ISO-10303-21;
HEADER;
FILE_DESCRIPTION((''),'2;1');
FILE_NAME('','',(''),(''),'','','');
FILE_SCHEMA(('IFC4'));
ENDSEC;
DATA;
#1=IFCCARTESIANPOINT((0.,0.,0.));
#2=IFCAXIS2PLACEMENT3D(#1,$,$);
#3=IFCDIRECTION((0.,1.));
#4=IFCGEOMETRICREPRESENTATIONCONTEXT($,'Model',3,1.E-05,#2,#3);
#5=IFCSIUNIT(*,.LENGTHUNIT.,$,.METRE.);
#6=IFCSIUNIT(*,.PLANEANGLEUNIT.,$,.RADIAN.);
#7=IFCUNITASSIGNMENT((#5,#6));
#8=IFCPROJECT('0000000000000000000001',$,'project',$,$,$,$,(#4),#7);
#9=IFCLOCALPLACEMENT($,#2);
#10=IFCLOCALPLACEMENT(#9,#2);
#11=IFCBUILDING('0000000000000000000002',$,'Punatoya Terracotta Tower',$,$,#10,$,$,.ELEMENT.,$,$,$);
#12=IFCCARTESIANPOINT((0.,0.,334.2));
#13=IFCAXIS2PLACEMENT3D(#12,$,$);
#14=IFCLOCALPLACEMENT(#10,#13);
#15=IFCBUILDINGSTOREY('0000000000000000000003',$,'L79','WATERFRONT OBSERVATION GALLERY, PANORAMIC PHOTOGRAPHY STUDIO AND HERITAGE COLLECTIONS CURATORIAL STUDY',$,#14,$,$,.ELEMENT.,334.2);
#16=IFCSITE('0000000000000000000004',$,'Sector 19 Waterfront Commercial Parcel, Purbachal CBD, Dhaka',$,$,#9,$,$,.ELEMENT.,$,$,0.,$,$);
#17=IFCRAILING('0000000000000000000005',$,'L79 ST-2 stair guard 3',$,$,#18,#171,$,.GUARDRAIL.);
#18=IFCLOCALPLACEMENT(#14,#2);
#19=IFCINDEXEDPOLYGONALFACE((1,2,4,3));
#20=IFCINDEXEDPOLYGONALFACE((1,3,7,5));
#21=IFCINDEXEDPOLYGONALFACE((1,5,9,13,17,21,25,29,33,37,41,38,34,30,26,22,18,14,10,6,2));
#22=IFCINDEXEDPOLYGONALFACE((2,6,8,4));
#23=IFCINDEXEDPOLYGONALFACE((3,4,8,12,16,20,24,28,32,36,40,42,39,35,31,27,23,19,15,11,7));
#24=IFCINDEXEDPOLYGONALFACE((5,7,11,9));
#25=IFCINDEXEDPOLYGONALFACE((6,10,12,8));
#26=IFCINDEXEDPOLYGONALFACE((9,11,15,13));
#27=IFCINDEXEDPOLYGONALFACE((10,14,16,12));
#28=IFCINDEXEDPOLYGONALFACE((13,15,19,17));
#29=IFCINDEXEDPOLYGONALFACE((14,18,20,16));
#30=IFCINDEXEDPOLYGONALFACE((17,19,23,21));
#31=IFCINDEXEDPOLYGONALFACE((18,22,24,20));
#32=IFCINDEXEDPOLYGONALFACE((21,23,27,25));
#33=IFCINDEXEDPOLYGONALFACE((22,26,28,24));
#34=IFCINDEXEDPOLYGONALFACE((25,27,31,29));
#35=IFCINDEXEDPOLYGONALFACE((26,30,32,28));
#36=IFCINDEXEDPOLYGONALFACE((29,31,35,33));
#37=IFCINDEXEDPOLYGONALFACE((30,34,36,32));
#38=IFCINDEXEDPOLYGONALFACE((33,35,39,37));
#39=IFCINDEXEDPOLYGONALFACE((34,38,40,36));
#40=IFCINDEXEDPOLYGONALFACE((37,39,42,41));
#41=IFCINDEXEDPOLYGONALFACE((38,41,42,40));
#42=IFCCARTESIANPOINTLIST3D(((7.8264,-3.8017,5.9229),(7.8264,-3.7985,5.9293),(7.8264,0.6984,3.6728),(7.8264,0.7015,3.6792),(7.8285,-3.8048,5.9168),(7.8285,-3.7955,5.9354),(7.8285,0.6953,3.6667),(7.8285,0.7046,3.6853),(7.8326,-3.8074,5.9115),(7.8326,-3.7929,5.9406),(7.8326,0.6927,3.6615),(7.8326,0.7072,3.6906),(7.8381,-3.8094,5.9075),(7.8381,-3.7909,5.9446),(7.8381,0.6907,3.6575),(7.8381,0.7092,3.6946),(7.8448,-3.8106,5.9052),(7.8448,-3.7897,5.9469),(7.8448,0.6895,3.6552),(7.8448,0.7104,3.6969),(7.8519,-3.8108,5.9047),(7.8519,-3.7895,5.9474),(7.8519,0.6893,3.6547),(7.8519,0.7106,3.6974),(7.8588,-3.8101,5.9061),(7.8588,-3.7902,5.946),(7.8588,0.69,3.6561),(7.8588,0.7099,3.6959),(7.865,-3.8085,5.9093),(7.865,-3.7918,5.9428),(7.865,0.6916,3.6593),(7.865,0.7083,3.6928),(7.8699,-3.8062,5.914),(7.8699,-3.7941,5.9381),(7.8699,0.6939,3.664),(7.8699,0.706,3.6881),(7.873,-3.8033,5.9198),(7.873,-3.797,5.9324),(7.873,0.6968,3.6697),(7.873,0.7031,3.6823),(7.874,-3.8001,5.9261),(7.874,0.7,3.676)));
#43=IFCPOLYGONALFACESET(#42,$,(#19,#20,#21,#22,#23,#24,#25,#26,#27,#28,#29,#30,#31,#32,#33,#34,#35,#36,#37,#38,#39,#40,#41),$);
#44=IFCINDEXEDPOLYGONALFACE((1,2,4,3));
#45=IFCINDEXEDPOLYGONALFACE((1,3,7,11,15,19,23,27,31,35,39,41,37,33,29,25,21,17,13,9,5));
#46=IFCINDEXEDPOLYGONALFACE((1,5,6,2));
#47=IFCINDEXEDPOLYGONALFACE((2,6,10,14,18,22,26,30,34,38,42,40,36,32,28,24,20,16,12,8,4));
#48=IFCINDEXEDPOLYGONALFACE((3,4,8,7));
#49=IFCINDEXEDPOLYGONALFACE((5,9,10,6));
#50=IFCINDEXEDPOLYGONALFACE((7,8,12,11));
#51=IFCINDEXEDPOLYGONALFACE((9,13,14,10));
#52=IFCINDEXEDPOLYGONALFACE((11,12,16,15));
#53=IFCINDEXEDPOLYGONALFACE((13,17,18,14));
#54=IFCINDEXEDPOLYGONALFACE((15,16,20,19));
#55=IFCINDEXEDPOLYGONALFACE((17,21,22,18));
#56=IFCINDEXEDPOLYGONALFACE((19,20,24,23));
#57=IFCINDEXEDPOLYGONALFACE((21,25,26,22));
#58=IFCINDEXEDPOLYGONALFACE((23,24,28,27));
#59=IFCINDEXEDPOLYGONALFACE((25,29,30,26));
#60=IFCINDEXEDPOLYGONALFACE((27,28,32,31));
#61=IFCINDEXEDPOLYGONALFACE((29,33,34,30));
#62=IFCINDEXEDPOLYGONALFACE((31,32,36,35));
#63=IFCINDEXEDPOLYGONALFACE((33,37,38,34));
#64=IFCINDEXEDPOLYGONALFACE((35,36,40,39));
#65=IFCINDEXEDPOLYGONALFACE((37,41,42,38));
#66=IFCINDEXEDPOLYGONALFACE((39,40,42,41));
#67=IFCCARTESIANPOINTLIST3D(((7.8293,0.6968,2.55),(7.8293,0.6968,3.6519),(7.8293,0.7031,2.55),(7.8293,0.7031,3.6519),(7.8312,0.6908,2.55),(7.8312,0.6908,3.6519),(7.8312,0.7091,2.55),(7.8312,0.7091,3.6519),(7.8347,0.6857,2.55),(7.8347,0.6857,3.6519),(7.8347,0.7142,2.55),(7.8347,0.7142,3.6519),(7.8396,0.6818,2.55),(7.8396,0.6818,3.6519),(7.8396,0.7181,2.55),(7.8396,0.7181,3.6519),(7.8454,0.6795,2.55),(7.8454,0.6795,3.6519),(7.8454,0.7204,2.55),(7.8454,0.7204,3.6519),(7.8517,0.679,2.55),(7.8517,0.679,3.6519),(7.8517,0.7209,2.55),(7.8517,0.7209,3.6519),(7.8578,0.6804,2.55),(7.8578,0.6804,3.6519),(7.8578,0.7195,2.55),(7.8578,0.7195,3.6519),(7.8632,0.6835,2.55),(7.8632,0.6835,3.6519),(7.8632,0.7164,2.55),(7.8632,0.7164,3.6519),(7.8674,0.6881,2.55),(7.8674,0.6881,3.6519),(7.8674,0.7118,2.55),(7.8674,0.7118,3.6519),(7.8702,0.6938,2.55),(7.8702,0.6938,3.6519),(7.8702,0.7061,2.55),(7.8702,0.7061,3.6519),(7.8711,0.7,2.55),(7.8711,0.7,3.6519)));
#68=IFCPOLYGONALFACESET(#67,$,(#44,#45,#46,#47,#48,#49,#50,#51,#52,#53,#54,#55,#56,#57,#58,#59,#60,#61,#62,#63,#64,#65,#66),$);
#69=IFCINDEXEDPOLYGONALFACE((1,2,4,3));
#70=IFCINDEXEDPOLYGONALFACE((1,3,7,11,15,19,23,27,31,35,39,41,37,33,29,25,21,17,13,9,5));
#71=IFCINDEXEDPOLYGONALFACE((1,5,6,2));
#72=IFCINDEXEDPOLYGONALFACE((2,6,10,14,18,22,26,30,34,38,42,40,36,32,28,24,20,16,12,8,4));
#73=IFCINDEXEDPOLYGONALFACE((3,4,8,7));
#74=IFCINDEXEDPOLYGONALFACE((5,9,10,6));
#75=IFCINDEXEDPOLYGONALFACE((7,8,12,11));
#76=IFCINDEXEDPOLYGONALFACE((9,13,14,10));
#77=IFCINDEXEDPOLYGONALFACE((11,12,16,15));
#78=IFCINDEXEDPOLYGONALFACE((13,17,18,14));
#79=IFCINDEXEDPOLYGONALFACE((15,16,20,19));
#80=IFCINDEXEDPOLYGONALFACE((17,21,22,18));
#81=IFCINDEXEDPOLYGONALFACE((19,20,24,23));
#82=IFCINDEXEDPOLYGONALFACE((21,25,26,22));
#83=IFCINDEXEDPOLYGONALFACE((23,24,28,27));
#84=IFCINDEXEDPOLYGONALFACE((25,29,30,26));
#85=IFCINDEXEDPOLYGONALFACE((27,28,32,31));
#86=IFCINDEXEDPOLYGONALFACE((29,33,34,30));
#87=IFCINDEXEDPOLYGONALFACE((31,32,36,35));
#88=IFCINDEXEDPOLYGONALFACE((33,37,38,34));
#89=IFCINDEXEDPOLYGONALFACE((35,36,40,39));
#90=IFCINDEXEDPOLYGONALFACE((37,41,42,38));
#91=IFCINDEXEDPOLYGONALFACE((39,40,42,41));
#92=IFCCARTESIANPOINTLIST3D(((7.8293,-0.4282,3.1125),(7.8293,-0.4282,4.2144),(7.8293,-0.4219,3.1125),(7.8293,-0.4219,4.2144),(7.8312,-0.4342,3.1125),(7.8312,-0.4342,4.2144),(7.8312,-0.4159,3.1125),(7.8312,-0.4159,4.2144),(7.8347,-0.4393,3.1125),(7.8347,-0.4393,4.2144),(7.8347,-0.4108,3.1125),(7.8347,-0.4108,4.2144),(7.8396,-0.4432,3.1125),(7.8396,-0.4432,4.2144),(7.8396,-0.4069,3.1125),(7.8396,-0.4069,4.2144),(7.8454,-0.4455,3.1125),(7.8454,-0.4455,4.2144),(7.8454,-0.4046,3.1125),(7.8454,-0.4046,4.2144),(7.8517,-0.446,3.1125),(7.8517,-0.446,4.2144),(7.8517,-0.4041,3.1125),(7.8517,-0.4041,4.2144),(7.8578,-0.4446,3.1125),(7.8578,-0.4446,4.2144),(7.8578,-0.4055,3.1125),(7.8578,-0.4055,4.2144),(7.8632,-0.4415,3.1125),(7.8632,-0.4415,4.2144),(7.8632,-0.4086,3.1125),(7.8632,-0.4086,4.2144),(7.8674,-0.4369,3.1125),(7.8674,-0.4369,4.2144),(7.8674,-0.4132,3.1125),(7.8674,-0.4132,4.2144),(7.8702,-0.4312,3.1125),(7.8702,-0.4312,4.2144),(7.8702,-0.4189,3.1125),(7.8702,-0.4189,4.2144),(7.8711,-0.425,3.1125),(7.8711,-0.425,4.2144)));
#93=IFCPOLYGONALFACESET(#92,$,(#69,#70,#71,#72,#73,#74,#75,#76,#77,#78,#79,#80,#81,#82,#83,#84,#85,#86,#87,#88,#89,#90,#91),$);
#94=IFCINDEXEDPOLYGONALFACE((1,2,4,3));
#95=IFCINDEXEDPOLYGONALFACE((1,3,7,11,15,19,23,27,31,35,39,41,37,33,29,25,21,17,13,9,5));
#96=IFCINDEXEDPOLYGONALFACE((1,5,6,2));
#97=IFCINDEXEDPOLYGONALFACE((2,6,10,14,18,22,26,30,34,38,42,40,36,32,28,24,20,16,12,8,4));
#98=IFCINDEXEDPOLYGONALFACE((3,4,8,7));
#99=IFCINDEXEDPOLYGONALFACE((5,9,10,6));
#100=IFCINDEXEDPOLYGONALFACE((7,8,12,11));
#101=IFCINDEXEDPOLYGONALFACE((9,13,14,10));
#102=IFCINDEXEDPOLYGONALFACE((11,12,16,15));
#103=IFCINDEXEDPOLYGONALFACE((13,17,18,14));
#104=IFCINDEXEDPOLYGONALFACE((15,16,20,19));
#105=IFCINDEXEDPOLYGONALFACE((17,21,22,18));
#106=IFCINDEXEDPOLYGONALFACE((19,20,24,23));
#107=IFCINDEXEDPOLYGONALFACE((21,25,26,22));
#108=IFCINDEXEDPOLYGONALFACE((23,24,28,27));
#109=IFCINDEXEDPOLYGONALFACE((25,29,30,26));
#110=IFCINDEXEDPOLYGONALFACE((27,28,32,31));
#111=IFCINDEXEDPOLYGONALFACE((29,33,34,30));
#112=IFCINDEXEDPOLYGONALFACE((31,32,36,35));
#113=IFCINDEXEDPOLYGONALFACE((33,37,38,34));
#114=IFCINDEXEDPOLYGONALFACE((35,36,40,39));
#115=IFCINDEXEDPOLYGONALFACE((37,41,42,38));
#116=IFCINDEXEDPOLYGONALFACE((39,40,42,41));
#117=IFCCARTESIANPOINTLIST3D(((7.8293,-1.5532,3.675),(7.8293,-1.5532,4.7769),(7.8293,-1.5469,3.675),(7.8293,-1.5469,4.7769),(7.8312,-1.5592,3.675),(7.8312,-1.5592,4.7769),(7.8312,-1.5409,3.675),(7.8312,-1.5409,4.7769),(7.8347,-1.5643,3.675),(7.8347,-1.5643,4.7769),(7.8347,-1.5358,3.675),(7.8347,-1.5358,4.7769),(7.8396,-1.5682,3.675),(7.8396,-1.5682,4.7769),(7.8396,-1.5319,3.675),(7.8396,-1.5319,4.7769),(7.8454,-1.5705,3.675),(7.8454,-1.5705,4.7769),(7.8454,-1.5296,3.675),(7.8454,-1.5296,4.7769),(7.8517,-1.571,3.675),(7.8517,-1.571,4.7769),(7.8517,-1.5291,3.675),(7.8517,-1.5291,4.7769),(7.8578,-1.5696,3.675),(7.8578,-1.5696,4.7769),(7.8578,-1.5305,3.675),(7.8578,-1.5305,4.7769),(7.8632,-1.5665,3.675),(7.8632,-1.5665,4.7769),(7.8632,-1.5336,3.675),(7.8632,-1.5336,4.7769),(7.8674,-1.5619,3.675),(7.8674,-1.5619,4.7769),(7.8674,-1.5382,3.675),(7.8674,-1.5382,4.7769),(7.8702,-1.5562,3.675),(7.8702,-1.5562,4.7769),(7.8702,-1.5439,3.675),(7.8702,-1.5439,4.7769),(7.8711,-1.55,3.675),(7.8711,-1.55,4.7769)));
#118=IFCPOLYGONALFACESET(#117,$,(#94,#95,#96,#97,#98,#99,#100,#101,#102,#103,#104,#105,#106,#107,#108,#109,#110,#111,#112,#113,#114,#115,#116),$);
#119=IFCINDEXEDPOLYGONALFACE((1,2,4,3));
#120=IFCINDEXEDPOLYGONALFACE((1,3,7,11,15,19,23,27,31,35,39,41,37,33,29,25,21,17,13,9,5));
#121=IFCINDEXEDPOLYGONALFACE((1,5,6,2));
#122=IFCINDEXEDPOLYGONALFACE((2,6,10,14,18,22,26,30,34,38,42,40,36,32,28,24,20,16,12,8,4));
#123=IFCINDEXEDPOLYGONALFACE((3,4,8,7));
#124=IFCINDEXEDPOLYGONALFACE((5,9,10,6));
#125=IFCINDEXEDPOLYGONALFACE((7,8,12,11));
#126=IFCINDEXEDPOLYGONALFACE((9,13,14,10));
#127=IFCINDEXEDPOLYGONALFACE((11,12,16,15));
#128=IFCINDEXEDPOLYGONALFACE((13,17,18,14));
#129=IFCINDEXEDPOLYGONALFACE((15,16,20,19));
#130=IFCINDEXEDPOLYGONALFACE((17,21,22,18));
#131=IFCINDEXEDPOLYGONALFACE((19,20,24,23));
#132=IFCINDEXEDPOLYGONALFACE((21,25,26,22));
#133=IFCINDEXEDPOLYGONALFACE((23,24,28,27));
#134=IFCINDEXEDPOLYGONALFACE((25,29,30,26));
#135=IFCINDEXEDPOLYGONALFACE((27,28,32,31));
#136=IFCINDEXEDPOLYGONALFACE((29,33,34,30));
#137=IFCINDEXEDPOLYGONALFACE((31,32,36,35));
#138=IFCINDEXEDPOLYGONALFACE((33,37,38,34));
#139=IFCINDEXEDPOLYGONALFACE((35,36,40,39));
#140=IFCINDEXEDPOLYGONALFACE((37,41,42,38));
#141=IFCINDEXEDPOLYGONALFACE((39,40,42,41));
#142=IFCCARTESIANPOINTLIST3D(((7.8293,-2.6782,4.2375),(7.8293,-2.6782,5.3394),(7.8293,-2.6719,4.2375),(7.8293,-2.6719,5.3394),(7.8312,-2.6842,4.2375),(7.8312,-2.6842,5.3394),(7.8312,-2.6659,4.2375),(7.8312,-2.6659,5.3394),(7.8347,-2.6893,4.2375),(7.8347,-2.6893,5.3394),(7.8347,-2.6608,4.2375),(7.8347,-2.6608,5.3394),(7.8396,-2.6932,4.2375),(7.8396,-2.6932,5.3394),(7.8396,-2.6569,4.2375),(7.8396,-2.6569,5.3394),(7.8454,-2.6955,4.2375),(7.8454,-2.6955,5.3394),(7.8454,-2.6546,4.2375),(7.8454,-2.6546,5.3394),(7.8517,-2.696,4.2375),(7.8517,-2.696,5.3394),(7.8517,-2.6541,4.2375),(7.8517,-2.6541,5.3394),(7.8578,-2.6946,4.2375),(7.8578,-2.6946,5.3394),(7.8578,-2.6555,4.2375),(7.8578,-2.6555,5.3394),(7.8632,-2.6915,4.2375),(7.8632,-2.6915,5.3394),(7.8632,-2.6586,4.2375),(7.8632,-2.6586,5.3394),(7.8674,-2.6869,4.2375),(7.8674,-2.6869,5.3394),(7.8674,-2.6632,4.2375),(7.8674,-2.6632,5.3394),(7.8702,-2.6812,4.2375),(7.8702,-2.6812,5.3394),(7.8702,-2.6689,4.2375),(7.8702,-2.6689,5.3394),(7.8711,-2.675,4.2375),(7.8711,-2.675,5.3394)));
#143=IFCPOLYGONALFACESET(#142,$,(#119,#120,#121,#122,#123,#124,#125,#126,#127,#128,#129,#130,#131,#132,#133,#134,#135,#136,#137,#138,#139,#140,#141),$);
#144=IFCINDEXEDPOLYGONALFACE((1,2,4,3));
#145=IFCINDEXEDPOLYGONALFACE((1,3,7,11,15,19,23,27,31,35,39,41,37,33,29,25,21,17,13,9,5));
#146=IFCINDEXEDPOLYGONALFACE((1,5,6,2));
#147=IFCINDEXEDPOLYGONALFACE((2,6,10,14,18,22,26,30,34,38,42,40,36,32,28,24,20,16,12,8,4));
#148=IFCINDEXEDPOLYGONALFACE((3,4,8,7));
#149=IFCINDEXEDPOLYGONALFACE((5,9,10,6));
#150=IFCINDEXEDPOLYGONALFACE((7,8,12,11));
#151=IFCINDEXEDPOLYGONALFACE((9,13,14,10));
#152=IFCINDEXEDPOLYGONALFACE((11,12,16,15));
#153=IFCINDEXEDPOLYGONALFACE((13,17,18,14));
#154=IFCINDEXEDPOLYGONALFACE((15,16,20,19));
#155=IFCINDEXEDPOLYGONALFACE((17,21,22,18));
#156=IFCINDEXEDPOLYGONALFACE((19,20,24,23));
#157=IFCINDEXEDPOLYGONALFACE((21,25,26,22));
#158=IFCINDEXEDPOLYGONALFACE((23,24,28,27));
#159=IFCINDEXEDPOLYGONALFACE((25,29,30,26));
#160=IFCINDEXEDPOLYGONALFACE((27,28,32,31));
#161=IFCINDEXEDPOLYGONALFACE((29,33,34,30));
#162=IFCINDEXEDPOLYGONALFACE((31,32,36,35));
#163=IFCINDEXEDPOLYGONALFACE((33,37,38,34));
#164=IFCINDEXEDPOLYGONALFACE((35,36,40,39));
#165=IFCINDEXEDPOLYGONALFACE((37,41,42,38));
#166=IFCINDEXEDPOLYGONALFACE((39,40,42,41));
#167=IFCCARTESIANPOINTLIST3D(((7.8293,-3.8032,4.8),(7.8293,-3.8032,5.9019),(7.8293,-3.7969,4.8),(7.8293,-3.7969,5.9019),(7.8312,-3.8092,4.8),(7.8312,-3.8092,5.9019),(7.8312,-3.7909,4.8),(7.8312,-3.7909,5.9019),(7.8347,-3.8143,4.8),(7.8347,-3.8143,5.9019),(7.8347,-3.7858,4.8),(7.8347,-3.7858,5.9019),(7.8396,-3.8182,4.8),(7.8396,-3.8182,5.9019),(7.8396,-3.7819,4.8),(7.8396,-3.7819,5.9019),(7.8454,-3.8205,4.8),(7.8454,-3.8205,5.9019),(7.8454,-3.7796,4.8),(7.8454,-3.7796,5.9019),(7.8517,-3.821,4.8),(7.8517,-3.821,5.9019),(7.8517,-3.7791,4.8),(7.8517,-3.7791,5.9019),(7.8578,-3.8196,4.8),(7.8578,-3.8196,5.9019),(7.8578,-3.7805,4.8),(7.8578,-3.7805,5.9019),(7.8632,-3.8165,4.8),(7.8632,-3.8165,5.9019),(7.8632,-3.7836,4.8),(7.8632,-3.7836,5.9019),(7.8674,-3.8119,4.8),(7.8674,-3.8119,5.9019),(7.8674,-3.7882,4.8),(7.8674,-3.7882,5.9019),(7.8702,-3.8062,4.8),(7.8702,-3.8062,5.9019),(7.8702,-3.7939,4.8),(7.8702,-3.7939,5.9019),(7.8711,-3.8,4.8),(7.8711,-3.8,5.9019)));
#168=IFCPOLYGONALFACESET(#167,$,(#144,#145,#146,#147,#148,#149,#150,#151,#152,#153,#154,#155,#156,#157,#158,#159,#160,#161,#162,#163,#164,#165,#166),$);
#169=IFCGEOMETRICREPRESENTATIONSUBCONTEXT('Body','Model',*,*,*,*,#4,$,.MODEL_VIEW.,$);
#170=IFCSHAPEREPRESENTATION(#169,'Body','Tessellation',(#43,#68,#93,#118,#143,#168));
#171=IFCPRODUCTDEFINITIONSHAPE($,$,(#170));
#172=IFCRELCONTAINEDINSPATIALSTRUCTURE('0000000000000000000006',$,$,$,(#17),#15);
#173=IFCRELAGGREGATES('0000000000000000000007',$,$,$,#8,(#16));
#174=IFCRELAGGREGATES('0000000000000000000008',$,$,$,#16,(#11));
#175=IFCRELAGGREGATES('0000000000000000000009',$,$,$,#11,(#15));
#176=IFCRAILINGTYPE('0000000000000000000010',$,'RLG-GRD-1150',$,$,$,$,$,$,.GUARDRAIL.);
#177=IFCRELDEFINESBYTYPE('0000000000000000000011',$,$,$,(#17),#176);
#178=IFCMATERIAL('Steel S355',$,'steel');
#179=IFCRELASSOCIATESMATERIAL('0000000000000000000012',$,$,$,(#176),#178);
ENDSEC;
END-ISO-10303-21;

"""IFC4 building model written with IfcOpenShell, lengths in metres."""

from ifc_helpers import new_model, si_unit, direction, frame, origin, origin_2d, place, context, subcontext, project, spatial, circle, extrude, material, type_object, element, save


model = new_model("IFC4")

# Units and contexts
model_context = context("Model", 3, precision=1e-05, world=origin(), true_north=direction((0.0, 1.0)))
body_context = subcontext(model_context, "Body", "Model", "MODEL_VIEW")
ifc_project = project(units=[si_unit("LENGTHUNIT", "METRE"), si_unit("PLANEANGLEUNIT", "RADIAN")], contexts=[model_context])

# Site, building, storey
site_placement = place(None, origin())
site = spatial("IfcSite", under=ifc_project, at=site_placement, Name="Sector 19 Waterfront Commercial Parcel, Purbachal CBD, Dhaka", CompositionType="ELEMENT", RefElevation=0.0)
building_placement = place(site_placement, origin())
building = spatial("IfcBuilding", under=site, at=building_placement, Name="Punatoya Terracotta Tower", CompositionType="ELEMENT")
storey_placement = place(building_placement, frame((0.0, 0.0, 334.2)))
storey = spatial("IfcBuildingStorey", under=building, at=storey_placement, Name="L79", Description="WATERFRONT OBSERVATION GALLERY, PANORAMIC PHOTOGRAPHY STUDIO AND HERITAGE COLLECTIONS CURATORIAL STUDY", CompositionType="ELEMENT", Elevation=334.2)

# Shared definitions
ifc_material_1 = material(Name="Steel S355", Category="steel")

# Railing
railing_type_1 = type_object("IfcRailingType", Name="RLG-GRD-1150", PredefinedType="GUARDRAIL", material=ifc_material_1)
railing_1_placement = place(storey_placement, frame((7.8501, 0.7, 2.55)))
element("IfcRailing", 1, at=railing_1_placement, inside=storey, type_object=railing_type_1, Name="L79 ST-2 stair guard 3", PredefinedType="GUARDRAIL", context=body_context, shape_type="SweptSolid", body=[
    extrude(circle(Radius=0.0239, at=origin_2d()), frame((0.0, 0.0, 1.126), z_axis=(0.0, -0.894427, 0.447214), x_axis=(1.0, 0.0, 0.0)), (0.0, 0.0, 1.0), 5.0312),
    extrude(circle(Radius=0.021, at=origin_2d()), origin(), (0.0, 0.0, 1.0), 1.1018),
    extrude(circle(Radius=0.021, at=origin_2d()), frame((0.0, -1.125, 0.5625)), (0.0, 0.0, 1.0), 1.1018),
    extrude(circle(Radius=0.021, at=origin_2d()), frame((0.0, -2.25, 1.125)), (0.0, 0.0, 1.0), 1.1018),
    extrude(circle(Radius=0.021, at=origin_2d()), frame((0.0, -3.375, 1.6875)), (0.0, 0.0, 1.0), 1.1018),
    extrude(circle(Radius=0.021, at=origin_2d()), frame((0.0, -4.5, 2.25)), (0.0, 0.0, 1.0), 1.1018),
])

save(model, "model.ifc")
